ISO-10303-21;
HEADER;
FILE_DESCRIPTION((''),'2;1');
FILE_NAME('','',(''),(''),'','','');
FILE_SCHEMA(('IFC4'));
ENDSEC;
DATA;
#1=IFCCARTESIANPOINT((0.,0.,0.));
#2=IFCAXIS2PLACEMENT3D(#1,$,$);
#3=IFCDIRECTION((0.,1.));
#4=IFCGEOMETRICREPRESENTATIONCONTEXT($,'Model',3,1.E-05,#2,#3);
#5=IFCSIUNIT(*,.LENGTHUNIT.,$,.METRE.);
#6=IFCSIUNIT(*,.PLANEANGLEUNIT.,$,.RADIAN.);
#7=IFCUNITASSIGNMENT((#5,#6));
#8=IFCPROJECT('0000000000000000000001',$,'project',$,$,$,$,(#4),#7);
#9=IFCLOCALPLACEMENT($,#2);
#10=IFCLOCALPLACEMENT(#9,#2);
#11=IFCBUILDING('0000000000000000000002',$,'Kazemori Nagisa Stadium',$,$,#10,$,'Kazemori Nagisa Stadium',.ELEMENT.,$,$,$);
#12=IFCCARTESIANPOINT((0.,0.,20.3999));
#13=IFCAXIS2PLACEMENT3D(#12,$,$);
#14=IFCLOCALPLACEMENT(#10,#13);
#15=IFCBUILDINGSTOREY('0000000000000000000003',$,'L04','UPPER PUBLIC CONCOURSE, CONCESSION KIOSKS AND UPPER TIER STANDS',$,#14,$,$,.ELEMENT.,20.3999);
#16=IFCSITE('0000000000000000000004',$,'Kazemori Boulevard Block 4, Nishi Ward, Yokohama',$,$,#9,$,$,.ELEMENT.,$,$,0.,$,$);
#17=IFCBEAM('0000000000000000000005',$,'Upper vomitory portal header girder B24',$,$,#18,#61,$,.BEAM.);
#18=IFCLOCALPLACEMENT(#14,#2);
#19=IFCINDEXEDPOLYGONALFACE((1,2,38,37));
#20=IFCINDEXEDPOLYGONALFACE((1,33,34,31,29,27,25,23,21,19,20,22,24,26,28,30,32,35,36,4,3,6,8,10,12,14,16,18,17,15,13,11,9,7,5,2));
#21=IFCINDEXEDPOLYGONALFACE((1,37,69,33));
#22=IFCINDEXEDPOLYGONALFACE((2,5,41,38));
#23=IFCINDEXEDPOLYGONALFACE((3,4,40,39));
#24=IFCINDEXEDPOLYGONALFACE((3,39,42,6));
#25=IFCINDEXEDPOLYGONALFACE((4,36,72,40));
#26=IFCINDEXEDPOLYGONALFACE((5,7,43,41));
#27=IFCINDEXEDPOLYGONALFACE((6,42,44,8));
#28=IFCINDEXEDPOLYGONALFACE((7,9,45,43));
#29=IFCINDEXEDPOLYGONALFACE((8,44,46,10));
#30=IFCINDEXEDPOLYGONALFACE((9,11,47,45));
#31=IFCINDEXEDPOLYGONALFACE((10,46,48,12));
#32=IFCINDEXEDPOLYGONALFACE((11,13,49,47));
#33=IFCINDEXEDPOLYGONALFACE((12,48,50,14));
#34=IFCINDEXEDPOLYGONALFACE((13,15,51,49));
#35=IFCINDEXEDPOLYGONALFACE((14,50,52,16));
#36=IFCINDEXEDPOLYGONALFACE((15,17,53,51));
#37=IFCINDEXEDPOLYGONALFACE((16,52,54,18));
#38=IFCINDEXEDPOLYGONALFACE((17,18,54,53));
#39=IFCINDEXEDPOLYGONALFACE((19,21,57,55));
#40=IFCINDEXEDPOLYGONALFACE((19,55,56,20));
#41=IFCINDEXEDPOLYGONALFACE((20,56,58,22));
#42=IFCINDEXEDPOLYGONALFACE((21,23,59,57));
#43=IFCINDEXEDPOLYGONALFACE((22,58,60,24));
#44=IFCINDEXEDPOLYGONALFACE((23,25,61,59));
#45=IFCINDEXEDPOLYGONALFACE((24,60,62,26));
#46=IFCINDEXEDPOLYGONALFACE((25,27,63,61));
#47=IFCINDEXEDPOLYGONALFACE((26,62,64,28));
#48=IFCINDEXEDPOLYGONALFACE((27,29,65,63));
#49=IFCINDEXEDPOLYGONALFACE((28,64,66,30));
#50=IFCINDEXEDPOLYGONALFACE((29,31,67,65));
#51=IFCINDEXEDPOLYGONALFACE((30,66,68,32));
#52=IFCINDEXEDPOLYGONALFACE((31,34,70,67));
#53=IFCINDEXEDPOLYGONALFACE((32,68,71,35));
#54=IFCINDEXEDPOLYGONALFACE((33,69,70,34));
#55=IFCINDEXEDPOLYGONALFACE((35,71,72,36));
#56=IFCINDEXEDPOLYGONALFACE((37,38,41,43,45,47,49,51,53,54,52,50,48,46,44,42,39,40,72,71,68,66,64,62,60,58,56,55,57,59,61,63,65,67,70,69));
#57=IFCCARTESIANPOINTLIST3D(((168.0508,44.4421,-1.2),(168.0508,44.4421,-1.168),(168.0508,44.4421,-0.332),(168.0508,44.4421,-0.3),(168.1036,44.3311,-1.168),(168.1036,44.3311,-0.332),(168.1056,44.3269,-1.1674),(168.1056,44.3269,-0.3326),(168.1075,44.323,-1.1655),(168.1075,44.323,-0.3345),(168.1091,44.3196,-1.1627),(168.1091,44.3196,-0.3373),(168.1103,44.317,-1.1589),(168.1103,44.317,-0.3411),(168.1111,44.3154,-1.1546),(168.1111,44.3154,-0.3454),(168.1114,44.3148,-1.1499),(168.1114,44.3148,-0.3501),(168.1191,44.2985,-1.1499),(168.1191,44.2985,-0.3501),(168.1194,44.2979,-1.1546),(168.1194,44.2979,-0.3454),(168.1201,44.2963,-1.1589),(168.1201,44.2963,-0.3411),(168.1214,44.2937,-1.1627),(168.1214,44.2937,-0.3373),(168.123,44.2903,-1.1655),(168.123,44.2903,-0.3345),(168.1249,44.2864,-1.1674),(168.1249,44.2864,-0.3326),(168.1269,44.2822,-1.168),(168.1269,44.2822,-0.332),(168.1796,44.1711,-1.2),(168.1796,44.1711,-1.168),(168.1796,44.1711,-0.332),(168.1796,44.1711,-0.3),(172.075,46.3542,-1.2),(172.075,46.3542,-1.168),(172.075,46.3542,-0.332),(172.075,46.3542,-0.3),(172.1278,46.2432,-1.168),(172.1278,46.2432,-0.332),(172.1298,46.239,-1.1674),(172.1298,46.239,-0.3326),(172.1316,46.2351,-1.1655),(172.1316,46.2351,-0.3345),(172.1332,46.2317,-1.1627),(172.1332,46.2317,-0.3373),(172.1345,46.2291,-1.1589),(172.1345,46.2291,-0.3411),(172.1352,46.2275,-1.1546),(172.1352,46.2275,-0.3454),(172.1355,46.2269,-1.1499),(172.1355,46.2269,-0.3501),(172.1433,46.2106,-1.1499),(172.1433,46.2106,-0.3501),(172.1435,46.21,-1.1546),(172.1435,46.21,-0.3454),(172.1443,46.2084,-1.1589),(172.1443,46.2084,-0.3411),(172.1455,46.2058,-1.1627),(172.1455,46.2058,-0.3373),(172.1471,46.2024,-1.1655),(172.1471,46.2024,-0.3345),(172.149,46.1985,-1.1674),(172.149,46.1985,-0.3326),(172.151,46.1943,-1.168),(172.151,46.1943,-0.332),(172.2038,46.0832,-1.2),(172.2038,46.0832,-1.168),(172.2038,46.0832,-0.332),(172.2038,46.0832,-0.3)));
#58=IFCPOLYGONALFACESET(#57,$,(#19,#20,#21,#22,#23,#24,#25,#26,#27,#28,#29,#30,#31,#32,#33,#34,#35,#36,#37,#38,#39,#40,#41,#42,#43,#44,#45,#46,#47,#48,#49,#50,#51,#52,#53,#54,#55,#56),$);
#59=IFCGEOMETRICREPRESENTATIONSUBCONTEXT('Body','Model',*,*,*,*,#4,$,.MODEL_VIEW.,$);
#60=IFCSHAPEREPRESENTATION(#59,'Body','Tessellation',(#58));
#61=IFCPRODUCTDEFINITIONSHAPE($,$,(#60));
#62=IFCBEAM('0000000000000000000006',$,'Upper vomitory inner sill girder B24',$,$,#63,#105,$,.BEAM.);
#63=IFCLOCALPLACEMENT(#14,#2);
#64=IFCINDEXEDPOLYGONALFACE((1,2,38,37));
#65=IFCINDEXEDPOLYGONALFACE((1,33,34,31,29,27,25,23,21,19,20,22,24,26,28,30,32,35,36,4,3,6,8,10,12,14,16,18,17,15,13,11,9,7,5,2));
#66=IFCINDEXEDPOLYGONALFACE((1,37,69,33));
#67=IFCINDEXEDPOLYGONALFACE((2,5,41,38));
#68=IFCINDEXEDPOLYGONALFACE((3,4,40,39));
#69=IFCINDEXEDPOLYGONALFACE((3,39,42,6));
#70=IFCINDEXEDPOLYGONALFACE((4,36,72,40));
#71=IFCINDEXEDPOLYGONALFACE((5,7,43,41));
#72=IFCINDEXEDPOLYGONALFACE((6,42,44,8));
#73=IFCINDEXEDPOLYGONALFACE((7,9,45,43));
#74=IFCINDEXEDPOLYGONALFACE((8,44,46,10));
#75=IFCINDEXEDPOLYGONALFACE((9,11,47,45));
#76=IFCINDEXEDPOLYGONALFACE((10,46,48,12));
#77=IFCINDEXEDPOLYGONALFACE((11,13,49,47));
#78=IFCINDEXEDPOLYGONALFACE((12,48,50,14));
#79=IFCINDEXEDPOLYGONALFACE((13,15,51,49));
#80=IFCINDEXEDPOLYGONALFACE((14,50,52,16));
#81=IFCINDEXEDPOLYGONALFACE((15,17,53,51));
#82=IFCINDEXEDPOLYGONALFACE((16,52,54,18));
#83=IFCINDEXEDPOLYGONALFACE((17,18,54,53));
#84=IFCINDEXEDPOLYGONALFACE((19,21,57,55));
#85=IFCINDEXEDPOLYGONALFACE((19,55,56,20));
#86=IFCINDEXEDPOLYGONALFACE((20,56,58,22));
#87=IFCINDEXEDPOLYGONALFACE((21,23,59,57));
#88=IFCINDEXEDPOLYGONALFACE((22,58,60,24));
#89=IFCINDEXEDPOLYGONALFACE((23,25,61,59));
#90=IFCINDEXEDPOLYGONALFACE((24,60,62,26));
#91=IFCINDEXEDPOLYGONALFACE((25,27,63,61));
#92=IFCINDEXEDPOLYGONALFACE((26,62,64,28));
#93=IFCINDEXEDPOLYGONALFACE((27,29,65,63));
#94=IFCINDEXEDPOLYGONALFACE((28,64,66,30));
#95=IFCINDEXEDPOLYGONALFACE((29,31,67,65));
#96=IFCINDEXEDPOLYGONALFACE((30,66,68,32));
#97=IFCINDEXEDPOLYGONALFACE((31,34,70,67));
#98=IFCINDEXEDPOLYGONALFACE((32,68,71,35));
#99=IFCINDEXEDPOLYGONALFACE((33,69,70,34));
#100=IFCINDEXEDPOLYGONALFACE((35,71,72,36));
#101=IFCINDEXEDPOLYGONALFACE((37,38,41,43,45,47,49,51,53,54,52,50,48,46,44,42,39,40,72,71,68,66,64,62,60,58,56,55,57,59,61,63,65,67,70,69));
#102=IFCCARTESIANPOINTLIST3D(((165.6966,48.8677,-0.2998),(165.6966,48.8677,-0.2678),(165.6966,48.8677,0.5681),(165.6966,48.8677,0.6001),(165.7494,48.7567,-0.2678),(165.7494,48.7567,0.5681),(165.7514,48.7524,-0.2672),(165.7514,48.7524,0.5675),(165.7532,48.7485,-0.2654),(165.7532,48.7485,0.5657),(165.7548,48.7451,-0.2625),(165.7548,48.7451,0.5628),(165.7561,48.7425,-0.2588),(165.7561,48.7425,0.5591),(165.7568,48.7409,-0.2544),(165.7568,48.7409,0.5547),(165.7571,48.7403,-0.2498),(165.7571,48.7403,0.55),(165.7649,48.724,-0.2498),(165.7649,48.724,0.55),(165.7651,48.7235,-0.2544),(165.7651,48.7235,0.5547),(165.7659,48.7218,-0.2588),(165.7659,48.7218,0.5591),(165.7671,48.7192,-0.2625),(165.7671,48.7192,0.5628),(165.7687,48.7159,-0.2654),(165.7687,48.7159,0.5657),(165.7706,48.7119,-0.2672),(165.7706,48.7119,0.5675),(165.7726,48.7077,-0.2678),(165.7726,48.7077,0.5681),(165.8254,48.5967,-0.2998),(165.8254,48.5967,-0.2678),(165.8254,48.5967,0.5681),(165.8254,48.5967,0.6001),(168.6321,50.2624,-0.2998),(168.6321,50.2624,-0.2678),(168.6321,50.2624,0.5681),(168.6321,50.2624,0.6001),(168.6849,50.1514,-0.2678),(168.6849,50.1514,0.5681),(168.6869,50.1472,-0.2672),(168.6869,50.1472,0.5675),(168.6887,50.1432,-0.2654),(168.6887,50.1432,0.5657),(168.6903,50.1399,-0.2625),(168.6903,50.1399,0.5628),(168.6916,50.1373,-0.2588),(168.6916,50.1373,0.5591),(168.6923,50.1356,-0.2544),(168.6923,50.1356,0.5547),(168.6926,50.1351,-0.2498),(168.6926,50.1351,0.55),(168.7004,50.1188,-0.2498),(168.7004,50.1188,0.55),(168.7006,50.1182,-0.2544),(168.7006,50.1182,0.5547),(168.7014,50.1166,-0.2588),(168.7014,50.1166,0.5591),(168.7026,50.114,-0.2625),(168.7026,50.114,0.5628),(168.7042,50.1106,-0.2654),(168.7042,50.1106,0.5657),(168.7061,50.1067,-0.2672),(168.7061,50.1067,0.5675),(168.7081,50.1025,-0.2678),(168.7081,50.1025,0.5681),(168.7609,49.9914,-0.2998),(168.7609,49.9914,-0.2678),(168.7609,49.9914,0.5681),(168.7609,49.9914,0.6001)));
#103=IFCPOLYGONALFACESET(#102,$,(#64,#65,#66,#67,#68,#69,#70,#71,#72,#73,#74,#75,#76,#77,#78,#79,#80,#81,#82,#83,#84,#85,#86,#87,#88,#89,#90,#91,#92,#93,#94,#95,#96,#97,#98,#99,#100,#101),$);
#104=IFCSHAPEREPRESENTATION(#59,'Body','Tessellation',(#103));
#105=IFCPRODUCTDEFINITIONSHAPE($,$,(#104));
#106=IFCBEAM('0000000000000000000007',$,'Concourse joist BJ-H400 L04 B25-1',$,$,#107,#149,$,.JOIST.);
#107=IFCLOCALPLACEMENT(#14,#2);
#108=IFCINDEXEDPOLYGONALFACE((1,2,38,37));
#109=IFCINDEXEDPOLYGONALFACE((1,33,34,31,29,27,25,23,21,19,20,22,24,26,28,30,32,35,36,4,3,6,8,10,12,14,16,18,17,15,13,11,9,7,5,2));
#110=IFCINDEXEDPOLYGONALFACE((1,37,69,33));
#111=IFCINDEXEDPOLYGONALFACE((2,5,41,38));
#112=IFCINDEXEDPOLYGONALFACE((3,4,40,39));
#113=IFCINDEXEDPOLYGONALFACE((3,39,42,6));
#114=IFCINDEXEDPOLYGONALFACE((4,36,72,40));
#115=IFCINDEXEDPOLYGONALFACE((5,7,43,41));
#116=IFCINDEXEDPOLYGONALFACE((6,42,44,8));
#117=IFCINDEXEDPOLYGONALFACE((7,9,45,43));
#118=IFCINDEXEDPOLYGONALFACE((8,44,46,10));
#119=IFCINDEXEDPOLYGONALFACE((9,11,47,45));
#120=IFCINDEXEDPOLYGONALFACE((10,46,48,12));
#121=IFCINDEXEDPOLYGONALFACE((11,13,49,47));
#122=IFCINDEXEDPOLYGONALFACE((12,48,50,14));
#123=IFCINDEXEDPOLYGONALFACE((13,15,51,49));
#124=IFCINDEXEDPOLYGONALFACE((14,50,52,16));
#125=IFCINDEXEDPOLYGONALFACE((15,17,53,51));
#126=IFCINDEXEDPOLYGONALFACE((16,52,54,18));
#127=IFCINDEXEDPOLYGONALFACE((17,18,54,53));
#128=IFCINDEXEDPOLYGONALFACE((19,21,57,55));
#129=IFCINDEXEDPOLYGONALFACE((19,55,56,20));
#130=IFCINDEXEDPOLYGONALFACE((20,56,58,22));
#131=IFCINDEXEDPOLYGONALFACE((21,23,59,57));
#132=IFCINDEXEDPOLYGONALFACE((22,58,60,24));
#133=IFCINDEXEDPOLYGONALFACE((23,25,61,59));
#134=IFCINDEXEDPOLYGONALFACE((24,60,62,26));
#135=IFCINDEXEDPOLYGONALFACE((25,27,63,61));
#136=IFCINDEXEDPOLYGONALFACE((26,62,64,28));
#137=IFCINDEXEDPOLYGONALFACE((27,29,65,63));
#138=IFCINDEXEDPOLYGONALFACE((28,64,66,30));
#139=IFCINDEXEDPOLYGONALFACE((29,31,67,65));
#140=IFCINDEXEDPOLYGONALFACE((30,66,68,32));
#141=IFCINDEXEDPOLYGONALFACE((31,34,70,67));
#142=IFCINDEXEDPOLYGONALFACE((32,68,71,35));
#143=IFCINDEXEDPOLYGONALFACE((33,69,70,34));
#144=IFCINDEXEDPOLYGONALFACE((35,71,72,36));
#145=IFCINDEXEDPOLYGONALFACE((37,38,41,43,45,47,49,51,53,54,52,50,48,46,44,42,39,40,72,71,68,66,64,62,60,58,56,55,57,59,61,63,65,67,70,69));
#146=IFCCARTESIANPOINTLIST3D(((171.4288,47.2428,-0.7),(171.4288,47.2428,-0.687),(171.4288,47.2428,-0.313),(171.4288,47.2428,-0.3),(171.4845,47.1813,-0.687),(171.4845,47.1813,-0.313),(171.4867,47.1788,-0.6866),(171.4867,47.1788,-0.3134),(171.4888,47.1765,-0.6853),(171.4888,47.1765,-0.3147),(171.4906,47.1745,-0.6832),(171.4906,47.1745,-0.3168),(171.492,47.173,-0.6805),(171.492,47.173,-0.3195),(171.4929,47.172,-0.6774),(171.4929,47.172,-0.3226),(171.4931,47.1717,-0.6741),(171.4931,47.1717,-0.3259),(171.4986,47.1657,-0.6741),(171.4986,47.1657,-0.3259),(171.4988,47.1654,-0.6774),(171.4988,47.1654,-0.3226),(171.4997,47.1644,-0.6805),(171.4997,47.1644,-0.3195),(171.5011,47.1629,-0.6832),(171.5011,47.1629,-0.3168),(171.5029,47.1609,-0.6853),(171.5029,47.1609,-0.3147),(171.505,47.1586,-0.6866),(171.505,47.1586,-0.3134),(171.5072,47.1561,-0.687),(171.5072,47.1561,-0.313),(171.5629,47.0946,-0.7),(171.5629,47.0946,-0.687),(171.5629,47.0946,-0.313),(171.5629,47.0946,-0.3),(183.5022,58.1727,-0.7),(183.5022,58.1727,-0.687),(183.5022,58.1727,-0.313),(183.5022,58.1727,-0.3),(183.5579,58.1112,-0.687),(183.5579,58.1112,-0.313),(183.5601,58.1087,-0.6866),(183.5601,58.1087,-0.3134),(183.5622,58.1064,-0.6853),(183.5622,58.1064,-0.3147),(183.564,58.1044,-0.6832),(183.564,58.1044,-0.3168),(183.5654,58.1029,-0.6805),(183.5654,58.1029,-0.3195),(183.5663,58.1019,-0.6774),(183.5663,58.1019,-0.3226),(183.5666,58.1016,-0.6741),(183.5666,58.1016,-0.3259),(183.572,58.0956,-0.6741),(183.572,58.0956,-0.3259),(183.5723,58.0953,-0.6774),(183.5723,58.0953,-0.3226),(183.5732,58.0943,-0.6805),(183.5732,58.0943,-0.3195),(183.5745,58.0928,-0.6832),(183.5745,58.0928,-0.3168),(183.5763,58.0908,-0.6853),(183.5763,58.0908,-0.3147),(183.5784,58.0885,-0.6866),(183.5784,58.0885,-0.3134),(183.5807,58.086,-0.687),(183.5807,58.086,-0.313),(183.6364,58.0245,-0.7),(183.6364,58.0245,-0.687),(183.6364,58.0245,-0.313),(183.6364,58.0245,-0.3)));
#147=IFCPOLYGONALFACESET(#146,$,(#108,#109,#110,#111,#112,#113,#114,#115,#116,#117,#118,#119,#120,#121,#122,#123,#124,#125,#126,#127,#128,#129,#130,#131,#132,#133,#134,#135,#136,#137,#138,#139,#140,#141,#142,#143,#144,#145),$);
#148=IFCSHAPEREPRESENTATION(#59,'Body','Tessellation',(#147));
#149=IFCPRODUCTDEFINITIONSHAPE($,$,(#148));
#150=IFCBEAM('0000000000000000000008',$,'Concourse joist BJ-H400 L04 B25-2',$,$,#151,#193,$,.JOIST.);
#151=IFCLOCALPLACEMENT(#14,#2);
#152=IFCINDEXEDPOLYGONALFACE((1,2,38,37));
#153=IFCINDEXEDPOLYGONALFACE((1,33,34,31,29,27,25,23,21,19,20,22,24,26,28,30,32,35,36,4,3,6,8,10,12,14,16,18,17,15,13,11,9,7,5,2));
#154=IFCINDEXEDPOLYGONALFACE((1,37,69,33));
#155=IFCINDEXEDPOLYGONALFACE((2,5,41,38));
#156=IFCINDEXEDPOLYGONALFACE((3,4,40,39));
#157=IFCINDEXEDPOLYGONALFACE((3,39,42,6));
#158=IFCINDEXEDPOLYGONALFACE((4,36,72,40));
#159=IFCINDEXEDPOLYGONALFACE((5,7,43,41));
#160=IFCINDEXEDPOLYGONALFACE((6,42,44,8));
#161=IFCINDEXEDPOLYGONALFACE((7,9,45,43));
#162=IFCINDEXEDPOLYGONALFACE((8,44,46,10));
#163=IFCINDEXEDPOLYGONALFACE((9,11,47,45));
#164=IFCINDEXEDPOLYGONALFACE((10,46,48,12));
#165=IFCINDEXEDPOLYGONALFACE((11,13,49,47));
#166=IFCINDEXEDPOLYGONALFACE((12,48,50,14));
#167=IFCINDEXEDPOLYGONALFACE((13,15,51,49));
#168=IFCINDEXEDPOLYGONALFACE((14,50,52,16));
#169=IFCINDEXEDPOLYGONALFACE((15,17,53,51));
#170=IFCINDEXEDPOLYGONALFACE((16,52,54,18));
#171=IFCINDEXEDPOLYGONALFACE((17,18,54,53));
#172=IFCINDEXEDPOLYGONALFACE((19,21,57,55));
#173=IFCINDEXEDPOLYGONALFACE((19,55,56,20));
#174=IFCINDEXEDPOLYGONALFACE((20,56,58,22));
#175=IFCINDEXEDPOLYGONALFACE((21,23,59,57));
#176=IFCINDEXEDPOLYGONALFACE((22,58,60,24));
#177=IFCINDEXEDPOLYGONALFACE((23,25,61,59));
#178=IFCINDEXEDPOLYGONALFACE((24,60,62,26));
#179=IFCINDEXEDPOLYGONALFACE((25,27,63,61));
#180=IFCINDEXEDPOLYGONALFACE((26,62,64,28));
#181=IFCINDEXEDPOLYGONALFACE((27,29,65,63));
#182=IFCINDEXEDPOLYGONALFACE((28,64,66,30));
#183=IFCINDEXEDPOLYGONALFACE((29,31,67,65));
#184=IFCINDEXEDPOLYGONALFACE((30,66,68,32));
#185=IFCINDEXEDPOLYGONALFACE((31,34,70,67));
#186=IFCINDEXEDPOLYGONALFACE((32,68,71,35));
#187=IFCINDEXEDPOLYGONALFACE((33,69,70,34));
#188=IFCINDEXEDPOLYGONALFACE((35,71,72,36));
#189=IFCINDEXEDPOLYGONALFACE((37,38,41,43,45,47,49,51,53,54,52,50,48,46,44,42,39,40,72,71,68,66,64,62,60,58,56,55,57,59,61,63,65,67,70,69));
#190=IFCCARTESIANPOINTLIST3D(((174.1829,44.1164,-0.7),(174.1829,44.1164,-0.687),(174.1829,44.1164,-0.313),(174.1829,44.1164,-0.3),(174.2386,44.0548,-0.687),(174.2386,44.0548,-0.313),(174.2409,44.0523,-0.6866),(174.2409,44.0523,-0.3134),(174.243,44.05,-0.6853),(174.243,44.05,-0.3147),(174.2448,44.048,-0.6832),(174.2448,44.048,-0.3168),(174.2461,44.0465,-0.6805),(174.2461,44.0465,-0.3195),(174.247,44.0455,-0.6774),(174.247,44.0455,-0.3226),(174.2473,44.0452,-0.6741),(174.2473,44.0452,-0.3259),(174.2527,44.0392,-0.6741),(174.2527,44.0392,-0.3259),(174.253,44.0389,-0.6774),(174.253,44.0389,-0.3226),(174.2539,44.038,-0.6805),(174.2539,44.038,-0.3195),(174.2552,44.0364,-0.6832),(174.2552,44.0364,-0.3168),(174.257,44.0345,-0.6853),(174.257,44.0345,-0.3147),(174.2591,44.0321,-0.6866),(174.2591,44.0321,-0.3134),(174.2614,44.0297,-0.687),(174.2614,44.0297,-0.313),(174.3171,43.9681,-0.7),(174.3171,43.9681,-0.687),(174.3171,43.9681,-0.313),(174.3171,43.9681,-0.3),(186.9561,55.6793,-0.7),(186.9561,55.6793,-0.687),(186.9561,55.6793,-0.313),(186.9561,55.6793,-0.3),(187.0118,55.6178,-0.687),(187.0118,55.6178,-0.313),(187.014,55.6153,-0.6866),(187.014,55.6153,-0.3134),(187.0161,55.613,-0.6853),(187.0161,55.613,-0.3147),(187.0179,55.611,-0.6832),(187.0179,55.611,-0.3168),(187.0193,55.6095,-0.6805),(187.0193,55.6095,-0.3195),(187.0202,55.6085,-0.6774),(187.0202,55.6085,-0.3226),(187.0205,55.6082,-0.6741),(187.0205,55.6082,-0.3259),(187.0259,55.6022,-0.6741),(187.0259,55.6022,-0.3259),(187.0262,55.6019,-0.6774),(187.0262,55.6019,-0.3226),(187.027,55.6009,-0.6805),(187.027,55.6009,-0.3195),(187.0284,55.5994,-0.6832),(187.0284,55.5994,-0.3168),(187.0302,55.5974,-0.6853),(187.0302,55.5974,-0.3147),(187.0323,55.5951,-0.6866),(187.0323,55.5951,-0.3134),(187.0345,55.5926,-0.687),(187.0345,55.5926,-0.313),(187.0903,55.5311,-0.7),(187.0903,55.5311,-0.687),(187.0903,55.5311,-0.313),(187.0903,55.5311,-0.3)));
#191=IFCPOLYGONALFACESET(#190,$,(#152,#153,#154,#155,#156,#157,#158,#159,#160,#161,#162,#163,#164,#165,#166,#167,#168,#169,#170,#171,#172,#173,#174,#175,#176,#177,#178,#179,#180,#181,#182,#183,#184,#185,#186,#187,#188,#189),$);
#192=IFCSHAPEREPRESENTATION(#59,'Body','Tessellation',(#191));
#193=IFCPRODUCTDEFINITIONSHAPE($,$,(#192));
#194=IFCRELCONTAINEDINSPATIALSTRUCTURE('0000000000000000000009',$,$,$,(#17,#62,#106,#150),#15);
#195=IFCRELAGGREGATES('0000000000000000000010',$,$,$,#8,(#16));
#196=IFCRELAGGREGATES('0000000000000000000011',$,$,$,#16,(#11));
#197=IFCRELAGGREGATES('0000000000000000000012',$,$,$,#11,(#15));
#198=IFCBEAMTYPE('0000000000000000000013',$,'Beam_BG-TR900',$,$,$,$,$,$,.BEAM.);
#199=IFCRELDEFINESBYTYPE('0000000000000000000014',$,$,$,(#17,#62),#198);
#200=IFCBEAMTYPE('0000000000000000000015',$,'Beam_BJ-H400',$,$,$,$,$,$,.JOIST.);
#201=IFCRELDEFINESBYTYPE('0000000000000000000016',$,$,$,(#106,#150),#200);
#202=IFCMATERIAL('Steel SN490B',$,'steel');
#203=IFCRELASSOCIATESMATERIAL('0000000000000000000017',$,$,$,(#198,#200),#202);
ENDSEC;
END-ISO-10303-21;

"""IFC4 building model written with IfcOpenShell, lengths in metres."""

from ifc_helpers import new_model, si_unit, direction, frame, origin, origin_2d, place, context, subcontext, project, spatial, i_section, extrude, material, material_profile, profile_set, type_object, element, save


model = new_model("IFC4")

# Units and contexts
model_context = context("Model", 3, precision=1e-05, world=origin(), true_north=direction((0.0, 1.0)))
body_context = subcontext(model_context, "Body", "Model", "MODEL_VIEW")
ifc_project = project(units=[si_unit("LENGTHUNIT", "METRE"), si_unit("PLANEANGLEUNIT", "RADIAN")], contexts=[model_context])

# Site, building, storey
site_placement = place(None, origin())
site = spatial("IfcSite", under=ifc_project, at=site_placement, Name="Kazemori Boulevard Block 4, Nishi Ward, Yokohama", CompositionType="ELEMENT", RefElevation=0.0)
building_placement = place(site_placement, origin())
building = spatial("IfcBuilding", under=site, at=building_placement, Name="Kazemori Nagisa Stadium", LongName="Kazemori Nagisa Stadium", CompositionType="ELEMENT")
storey_placement = place(building_placement, frame((0.0, 0.0, 20.3999)))
storey = spatial("IfcBuildingStorey", under=building, at=storey_placement, Name="L04", Description="UPPER PUBLIC CONCOURSE, CONCESSION KIOSKS AND UPPER TIER STANDS", CompositionType="ELEMENT", Elevation=20.3999)

# Beams
ifc_material_1 = material(Name="Steel SN490B", Category="steel")
ifc_material_profile_1 = material_profile(ifc_material_1, i_section(OverallWidth=0.3, OverallDepth=0.8999, WebThickness=0.0181, FlangeThickness=0.032, FilletRadius=0.0181, at=origin_2d()), Name="H-900x300x18x32")
ifc_profile_set_1 = profile_set([ifc_material_profile_1], Name="Steel SN490B")
beam_type_1 = type_object("IfcBeamType", Name="Beam_BG-TR900", PredefinedType="BEAM", material=ifc_profile_set_1)
beam_1_placement = place(storey_placement, frame((168.1152, 44.3066, -0.75), z_axis=(0.903223, 0.429172, 0.0), x_axis=(-0.429172, 0.903223, 0.0)))
element("IfcBeam", 1, at=beam_1_placement, inside=storey, type_object=beam_type_1, Name="Upper vomitory portal header girder B24", PredefinedType="BEAM", context=body_context, shape_type="SweptSolid", body=[
    extrude(i_section(OverallWidth=0.3, OverallDepth=0.8999, WebThickness=0.0181, FlangeThickness=0.032, FilletRadius=0.0181, at=origin_2d()), origin(), (0.0, 0.0, 1.0), 4.4553),
])
beam_2_placement = place(storey_placement, frame((165.761, 48.7322, 0.1501), z_axis=(0.903231, 0.429155, 0.0), x_axis=(-0.429155, 0.903231, 0.0)))
element("IfcBeam", 2, at=beam_2_placement, inside=storey, type_object=beam_type_1, Name="Upper vomitory inner sill girder B24", PredefinedType="BEAM", context=body_context, shape_type="SweptSolid", body=[
    extrude(i_section(OverallWidth=0.3, OverallDepth=0.8999, WebThickness=0.0181, FlangeThickness=0.032, FilletRadius=0.0181, at=origin_2d()), origin(), (0.0, 0.0, 1.0), 3.25),
])
ifc_material_profile_2 = material_profile(ifc_material_1, i_section(OverallWidth=0.2, OverallDepth=0.3999, WebThickness=0.0081, FlangeThickness=0.0129, FilletRadius=0.0129, at=origin_2d()), Name="H-400x200x8x13")
ifc_profile_set_2 = profile_set([ifc_material_profile_2], Name="Steel SN490B")
beam_type_2 = type_object("IfcBeamType", Name="Beam_BJ-H400", PredefinedType="JOIST", material=ifc_profile_set_2)
beam_3_placement = place(storey_placement, frame((171.4958, 47.1687, -0.5), z_axis=(0.741343, 0.671126, 0.0), x_axis=(-0.671126, 0.741343, 0.0)))
element("IfcBeam", 3, at=beam_3_placement, inside=storey, type_object=beam_type_2, Name="Concourse joist BJ-H400 L04 B25-1", PredefinedType="JOIST", context=body_context, shape_type="SweptSolid", body=[
    extrude(i_section(OverallWidth=0.2, OverallDepth=0.3999, WebThickness=0.0081, FlangeThickness=0.0129, FilletRadius=0.0129, at=origin_2d()), origin(), (0.0, 0.0, 1.0), 16.2859),
])
beam_4_placement = place(storey_placement, frame((174.25, 44.0422, -0.5), z_axis=(0.741354, 0.671114, 0.0), x_axis=(-0.671114, 0.741354, 0.0)))
element("IfcBeam", 4, at=beam_4_placement, inside=storey, type_object=beam_type_2, Name="Concourse joist BJ-H400 L04 B25-2", PredefinedType="JOIST", context=body_context, shape_type="SweptSolid", body=[
    extrude(i_section(OverallWidth=0.2, OverallDepth=0.3999, WebThickness=0.0081, FlangeThickness=0.0129, FilletRadius=0.0129, at=origin_2d()), origin(), (0.0, 0.0, 1.0), 17.2295),
])

save(model, "model.ifc")
